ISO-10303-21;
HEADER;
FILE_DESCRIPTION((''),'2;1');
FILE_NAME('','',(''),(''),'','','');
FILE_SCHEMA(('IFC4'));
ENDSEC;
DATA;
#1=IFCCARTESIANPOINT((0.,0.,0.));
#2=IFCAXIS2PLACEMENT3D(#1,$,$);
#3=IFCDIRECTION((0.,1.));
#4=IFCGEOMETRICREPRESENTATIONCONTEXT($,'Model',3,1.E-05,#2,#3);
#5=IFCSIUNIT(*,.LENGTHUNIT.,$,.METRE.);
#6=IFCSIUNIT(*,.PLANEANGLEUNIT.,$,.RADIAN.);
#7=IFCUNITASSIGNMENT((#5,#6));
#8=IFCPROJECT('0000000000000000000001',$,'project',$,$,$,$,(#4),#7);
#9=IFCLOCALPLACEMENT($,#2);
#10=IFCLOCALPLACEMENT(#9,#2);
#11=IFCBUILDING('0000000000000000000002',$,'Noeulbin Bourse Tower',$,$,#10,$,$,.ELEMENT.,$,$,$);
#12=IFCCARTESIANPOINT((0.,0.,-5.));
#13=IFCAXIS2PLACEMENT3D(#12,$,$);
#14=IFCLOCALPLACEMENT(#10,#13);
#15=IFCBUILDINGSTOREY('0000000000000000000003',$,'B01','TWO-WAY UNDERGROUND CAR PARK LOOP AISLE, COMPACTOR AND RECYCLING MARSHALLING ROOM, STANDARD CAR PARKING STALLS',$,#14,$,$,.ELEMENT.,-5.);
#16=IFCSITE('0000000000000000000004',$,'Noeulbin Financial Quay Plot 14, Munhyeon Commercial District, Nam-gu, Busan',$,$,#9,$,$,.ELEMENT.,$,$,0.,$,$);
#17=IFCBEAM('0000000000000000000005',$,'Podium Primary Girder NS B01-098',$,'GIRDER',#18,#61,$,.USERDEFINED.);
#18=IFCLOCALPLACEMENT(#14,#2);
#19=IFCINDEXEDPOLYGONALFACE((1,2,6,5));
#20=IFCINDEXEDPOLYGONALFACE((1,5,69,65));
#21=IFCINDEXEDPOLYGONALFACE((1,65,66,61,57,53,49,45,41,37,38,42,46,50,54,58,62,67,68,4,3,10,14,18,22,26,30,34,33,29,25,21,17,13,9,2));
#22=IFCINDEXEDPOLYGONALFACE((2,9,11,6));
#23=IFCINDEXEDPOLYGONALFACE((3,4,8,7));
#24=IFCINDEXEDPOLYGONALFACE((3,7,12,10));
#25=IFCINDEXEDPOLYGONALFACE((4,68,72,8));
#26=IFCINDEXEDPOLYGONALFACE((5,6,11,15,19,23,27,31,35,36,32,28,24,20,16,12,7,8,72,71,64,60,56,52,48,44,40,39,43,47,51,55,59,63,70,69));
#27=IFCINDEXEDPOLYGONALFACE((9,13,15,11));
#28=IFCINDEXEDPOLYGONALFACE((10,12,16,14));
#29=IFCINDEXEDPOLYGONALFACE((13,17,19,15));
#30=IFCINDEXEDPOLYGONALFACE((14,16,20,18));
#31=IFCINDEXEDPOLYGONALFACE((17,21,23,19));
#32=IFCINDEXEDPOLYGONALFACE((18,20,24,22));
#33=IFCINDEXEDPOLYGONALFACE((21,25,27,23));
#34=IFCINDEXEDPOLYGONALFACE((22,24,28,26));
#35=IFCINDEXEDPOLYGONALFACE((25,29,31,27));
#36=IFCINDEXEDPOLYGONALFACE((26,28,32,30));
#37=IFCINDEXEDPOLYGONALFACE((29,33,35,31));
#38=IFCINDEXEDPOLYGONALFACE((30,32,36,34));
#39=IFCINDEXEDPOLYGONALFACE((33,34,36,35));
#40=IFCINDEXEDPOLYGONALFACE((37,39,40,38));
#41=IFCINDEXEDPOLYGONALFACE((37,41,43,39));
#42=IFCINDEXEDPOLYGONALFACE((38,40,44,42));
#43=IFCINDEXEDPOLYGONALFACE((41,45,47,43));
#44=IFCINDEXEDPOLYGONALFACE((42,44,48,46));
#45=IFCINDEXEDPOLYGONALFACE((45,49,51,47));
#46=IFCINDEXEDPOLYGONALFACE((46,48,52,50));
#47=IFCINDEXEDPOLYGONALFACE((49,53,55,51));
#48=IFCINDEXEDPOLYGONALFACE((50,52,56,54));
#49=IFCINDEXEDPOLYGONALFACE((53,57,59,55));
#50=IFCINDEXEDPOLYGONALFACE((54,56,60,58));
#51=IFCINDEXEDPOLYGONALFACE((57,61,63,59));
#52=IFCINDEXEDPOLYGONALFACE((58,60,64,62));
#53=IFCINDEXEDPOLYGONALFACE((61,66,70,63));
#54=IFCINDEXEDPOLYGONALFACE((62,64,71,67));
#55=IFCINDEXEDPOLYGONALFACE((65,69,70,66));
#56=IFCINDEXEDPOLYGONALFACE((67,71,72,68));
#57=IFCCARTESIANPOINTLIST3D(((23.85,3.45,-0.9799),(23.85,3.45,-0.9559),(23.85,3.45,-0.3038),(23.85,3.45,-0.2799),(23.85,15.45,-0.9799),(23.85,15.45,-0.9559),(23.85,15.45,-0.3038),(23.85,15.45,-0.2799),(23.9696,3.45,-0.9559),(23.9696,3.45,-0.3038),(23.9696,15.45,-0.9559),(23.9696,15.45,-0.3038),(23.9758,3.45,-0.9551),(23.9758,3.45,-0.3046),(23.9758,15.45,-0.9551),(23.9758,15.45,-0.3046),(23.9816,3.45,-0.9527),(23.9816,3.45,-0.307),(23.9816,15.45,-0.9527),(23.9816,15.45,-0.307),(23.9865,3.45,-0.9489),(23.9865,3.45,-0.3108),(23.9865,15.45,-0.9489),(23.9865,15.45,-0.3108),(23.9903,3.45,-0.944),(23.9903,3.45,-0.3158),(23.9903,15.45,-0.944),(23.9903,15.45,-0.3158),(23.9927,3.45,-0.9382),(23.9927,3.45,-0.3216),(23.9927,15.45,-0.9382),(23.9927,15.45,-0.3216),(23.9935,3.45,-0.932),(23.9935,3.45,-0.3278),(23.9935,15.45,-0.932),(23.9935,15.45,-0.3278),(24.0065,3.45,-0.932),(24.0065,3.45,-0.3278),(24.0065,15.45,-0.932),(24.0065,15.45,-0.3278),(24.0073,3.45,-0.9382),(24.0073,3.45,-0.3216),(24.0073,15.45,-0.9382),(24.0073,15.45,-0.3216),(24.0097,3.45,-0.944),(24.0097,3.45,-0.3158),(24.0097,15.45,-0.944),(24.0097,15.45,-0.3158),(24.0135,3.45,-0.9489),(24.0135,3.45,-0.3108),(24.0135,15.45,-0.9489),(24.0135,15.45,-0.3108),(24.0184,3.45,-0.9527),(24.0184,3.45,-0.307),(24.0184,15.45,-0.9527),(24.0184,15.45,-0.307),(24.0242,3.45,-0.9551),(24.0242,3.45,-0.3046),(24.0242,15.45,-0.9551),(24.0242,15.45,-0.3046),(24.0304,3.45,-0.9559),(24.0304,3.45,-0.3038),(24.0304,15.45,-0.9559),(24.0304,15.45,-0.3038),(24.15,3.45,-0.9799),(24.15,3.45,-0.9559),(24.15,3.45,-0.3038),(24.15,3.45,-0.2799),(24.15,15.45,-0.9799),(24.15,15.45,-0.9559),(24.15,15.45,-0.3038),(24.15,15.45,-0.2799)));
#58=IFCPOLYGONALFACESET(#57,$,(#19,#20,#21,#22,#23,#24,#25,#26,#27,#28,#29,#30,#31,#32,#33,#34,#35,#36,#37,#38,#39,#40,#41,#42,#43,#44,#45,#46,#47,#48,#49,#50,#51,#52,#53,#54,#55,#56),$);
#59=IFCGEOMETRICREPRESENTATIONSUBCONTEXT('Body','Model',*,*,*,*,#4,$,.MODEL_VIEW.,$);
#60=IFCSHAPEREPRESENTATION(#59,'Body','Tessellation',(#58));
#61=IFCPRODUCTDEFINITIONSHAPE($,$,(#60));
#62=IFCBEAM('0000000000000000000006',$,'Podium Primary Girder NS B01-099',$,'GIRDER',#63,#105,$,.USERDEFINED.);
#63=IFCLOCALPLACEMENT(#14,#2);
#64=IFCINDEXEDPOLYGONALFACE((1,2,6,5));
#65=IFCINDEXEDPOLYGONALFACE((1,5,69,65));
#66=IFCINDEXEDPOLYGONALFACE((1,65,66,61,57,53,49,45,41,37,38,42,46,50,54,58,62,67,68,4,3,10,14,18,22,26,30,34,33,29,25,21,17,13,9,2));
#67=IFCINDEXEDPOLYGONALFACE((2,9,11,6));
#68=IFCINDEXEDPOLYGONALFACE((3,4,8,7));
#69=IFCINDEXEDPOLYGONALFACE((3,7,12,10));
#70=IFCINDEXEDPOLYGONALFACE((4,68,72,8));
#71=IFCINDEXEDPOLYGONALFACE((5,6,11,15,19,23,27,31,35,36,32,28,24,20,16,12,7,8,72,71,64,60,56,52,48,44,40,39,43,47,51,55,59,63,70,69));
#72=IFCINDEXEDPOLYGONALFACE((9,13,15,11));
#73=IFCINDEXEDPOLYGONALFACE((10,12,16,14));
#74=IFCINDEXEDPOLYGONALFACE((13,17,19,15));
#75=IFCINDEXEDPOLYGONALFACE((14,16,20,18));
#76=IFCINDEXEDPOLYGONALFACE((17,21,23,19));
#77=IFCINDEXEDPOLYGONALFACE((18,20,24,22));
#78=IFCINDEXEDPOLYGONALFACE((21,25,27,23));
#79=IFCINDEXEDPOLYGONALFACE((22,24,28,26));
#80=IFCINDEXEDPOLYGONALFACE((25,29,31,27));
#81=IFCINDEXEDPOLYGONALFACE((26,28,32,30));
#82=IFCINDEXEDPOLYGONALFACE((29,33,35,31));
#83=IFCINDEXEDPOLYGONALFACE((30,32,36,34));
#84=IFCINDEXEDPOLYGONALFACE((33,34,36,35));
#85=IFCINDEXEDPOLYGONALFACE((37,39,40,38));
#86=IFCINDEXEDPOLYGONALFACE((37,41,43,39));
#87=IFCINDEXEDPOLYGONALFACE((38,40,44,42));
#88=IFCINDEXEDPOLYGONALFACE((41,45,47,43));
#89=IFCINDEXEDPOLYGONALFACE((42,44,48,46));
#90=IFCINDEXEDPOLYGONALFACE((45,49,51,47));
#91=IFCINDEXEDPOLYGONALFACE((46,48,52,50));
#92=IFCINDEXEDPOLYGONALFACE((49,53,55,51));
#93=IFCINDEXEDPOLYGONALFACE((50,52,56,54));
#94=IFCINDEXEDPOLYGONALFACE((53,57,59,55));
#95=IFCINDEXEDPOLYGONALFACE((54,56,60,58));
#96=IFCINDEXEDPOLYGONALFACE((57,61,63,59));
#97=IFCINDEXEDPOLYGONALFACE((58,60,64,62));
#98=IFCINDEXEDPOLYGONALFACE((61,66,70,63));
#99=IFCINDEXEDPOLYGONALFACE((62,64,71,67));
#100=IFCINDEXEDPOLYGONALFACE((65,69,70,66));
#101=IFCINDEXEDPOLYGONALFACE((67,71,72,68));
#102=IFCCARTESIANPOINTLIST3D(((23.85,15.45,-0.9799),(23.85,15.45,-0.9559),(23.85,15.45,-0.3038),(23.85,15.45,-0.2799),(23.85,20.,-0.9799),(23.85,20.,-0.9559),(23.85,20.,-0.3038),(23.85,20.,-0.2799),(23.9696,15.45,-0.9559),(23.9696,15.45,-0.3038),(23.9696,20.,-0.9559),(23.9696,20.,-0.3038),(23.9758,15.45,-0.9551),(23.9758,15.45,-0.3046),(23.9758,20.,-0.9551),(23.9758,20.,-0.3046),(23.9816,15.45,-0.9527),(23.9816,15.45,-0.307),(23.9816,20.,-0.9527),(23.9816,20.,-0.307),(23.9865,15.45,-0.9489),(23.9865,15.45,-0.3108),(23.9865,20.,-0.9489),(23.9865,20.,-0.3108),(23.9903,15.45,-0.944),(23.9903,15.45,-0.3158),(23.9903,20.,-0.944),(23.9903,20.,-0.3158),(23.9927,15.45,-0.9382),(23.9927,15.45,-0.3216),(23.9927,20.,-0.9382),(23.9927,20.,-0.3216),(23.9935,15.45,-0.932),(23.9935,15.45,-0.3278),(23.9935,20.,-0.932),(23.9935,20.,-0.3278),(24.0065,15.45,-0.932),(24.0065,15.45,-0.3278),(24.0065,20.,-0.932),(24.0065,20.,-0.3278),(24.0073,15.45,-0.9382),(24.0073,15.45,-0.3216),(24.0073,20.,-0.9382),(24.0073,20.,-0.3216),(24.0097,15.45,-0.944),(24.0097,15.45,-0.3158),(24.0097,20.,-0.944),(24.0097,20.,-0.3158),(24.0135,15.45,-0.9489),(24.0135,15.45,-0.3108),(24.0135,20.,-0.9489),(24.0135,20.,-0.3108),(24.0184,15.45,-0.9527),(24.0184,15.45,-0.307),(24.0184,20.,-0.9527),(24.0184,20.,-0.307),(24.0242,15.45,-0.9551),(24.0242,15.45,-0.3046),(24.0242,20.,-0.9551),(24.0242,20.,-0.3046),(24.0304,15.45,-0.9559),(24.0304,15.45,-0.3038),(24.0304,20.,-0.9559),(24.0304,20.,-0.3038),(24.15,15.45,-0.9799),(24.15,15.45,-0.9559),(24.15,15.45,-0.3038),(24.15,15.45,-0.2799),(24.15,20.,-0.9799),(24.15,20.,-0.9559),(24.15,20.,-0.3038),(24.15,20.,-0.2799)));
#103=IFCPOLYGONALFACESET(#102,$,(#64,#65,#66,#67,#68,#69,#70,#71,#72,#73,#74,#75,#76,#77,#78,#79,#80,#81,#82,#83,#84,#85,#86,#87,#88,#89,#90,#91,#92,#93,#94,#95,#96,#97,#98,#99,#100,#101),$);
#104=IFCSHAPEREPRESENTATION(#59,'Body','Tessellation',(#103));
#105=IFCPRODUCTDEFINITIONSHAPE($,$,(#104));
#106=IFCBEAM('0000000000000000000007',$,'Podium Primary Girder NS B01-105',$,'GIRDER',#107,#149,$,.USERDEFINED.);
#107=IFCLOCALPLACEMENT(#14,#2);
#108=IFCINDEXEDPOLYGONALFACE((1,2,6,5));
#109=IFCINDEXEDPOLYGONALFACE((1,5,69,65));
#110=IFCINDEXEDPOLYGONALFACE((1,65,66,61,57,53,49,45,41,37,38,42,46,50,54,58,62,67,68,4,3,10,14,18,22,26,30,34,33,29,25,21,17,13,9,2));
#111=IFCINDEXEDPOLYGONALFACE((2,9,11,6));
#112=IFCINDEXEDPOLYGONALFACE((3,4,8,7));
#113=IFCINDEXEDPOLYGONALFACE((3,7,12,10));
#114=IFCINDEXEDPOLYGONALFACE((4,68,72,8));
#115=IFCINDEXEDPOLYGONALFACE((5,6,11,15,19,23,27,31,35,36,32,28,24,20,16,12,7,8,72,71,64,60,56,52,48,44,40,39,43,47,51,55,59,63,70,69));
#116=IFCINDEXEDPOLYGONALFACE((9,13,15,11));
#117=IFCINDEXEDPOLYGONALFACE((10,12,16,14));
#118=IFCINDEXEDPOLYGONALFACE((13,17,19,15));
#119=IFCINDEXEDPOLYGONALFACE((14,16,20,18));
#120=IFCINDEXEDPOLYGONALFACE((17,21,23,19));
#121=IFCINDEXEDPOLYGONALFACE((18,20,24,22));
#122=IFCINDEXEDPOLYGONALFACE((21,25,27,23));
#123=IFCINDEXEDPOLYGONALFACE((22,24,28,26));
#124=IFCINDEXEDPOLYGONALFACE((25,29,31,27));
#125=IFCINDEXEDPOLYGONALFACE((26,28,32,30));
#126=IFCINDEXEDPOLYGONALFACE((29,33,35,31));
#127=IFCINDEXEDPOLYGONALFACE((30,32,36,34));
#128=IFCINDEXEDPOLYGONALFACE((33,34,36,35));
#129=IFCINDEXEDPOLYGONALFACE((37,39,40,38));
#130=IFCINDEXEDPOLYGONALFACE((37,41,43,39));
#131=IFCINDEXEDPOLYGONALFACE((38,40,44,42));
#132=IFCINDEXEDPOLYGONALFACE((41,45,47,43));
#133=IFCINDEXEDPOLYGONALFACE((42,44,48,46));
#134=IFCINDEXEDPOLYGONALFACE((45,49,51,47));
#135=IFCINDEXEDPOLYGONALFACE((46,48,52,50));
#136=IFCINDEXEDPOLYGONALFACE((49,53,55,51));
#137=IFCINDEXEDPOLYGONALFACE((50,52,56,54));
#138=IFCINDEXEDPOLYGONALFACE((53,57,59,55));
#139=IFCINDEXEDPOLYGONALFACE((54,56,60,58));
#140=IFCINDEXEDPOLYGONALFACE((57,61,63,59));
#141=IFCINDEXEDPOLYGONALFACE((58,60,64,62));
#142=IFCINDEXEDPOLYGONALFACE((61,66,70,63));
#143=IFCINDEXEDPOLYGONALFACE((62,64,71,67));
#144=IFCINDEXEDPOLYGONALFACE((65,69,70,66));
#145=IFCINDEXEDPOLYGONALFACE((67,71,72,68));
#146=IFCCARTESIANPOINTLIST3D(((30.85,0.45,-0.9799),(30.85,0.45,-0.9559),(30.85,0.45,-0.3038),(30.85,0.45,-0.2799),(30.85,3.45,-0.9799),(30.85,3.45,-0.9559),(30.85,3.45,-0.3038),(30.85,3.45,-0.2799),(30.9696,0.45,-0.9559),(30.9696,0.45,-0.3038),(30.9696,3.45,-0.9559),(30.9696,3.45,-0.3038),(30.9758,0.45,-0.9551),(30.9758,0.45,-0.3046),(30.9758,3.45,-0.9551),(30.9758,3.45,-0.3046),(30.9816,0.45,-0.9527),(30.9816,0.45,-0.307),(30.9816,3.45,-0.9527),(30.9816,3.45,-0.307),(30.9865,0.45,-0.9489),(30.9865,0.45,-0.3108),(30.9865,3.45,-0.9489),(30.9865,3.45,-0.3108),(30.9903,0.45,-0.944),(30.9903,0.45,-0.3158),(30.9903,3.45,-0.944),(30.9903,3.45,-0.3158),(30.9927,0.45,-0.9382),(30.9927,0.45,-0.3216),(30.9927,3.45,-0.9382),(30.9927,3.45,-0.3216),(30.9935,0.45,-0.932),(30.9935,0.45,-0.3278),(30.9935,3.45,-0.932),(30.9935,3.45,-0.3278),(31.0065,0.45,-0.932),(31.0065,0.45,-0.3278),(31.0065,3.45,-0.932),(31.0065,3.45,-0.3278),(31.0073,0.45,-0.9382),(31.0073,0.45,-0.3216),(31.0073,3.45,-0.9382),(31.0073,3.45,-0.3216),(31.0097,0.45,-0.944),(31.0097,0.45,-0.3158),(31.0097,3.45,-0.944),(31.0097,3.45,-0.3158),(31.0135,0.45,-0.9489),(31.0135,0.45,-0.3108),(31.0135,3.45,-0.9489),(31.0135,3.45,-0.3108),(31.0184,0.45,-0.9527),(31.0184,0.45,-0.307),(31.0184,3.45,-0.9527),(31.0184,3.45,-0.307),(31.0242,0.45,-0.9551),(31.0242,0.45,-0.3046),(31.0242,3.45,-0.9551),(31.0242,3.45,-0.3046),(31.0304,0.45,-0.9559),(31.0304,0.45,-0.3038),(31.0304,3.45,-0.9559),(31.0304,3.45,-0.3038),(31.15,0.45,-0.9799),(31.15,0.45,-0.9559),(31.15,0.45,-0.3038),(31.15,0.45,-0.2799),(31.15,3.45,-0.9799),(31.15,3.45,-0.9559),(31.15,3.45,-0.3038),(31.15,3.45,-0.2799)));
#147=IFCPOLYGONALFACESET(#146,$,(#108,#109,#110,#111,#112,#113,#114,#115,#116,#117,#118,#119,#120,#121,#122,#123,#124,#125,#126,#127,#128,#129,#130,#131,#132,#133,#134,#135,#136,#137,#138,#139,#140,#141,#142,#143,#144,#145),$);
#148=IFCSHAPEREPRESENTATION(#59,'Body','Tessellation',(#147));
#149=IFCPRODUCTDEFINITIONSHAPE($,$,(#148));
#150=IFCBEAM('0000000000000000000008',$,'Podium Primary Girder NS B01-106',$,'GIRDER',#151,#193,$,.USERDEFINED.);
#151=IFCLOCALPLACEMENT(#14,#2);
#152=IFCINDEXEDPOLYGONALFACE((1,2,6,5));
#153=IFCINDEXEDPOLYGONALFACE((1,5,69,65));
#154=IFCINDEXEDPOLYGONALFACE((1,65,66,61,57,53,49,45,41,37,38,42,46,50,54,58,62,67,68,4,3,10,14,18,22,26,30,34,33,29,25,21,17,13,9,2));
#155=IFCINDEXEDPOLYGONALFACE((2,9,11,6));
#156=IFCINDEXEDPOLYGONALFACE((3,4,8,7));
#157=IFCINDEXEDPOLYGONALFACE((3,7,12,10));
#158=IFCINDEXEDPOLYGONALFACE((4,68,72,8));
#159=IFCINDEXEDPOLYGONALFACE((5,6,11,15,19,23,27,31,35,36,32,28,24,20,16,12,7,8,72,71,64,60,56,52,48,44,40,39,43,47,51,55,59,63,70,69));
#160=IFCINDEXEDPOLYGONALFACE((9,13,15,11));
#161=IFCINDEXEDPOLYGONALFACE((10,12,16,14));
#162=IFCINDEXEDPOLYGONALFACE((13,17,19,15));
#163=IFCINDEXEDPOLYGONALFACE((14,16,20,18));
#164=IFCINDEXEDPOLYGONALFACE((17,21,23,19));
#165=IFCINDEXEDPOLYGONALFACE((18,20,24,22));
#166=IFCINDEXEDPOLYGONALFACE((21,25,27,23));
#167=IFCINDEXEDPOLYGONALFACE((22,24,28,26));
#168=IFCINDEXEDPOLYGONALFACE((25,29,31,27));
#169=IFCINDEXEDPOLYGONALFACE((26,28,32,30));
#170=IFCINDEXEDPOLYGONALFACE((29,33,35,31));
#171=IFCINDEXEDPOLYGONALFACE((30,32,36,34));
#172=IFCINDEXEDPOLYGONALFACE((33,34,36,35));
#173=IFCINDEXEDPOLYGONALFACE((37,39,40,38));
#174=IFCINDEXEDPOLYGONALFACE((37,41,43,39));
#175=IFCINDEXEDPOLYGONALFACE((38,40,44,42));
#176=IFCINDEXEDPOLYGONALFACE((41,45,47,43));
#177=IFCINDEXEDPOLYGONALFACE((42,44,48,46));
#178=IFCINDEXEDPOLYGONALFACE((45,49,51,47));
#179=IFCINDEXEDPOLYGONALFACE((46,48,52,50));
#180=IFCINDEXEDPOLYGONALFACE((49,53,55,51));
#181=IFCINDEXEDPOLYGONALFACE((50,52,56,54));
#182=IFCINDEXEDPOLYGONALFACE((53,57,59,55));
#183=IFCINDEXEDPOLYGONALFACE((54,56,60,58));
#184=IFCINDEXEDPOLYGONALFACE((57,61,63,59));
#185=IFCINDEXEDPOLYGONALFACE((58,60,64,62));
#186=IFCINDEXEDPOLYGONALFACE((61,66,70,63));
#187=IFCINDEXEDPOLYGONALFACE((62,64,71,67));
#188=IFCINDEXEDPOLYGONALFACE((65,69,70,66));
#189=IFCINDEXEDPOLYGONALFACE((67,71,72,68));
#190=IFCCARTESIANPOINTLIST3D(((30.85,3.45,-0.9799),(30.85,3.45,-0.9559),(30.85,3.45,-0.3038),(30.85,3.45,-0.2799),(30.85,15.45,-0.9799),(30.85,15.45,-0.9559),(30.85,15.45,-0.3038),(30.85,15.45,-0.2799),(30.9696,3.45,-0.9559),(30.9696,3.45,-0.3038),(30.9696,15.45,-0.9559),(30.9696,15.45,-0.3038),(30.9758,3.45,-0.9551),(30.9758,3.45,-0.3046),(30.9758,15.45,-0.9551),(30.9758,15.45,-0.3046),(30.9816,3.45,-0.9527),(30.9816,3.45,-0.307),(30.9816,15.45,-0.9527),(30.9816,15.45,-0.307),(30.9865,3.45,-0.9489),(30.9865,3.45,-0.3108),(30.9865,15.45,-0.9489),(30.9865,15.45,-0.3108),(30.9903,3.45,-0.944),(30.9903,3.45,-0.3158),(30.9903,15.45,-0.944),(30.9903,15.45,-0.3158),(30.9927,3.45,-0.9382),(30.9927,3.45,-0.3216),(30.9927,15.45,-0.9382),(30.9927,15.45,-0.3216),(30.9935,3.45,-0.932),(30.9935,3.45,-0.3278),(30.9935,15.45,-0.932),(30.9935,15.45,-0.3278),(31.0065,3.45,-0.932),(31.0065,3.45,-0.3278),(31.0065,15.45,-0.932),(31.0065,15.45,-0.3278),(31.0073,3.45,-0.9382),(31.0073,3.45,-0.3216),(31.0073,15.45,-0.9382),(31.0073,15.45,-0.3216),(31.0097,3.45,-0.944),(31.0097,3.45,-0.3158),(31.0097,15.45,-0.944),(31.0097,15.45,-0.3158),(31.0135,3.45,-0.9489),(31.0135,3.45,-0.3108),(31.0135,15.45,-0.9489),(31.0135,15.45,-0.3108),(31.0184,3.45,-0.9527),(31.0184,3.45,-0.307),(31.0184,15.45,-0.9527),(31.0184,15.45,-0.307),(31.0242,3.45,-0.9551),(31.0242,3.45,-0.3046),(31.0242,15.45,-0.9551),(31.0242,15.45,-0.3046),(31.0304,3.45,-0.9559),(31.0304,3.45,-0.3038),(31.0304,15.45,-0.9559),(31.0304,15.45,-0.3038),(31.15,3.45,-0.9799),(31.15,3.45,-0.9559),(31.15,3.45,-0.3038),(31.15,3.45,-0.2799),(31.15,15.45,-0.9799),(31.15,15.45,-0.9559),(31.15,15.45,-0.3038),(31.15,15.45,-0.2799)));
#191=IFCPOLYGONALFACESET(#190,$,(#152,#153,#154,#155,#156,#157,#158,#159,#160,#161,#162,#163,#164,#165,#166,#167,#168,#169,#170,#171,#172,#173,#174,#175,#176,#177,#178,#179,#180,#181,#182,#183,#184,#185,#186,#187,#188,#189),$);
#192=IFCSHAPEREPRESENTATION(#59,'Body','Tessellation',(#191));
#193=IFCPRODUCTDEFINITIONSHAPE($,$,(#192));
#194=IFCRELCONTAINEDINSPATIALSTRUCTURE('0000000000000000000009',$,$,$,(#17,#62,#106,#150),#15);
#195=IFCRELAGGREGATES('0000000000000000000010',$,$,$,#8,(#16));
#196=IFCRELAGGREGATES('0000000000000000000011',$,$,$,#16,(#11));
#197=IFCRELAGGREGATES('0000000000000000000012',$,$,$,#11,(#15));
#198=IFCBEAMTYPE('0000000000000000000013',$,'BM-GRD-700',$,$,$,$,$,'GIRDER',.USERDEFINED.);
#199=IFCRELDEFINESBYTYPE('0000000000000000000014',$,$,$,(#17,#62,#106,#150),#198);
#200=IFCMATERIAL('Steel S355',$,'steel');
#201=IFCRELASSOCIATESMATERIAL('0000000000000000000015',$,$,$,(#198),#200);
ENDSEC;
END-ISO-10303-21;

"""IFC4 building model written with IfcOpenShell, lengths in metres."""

from ifc_helpers import new_model, si_unit, direction, frame, origin, origin_2d, place, context, subcontext, project, spatial, i_section, extrude, material, material_profile, profile_set, type_object, element, save


model = new_model("IFC4")

# Units and contexts
model_context = context("Model", 3, precision=1e-05, world=origin(), true_north=direction((0.0, 1.0)))
body_context = subcontext(model_context, "Body", "Model", "MODEL_VIEW")
ifc_project = project(units=[si_unit("LENGTHUNIT", "METRE"), si_unit("PLANEANGLEUNIT", "RADIAN")], contexts=[model_context])

# Site, building, storey
site_placement = place(None, origin())
site = spatial("IfcSite", under=ifc_project, at=site_placement, Name="Noeulbin Financial Quay Plot 14, Munhyeon Commercial District, Nam-gu, Busan", CompositionType="ELEMENT", RefElevation=0.0)
building_placement = place(site_placement, origin())
building = spatial("IfcBuilding", under=site, at=building_placement, Name="Noeulbin Bourse Tower", CompositionType="ELEMENT")
storey_placement = place(building_placement, frame((0.0, 0.0, -5.0)))
storey = spatial("IfcBuildingStorey", under=building, at=storey_placement, Name="B01", Description="TWO-WAY UNDERGROUND CAR PARK LOOP AISLE, COMPACTOR AND RECYCLING MARSHALLING ROOM, STANDARD CAR PARKING STALLS", CompositionType="ELEMENT", Elevation=-5.0)

# Beams
ifc_material_1 = material(Name="Steel S355", Category="steel")
ifc_material_profile_1 = material_profile(ifc_material_1, i_section(OverallWidth=0.3, OverallDepth=0.7, WebThickness=0.0129, FlangeThickness=0.0239, FilletRadius=0.0239, at=origin_2d()), Name="H-700x300x13x24", Category="LoadBearing")
ifc_profile_set_1 = profile_set([ifc_material_profile_1], Name="Steel S355")
beam_type_1 = type_object("IfcBeamType", Name="BM-GRD-700", ElementType="GIRDER", PredefinedType="USERDEFINED", material=ifc_profile_set_1)
beam_1_placement = place(storey_placement, frame((24.0, 3.45, -0.6299), z_axis=(0.0, 1.0, 0.0), x_axis=(-1.0, 0.0, 0.0)))
element("IfcBeam", 1, at=beam_1_placement, inside=storey, type_object=beam_type_1, Name="Podium Primary Girder NS B01-098", ObjectType="GIRDER", PredefinedType="USERDEFINED", context=body_context, shape_type="SweptSolid", body=[
    extrude(i_section(OverallWidth=0.3, OverallDepth=0.7, WebThickness=0.0129, FlangeThickness=0.0239, FilletRadius=0.0239, at=origin_2d()), origin(), (0.0, 0.0, 1.0), 12.0),
])
beam_2_placement = place(storey_placement, frame((24.0, 15.45, -0.6299), z_axis=(0.0, 1.0, 0.0), x_axis=(-1.0, 0.0, 0.0)))
element("IfcBeam", 2, at=beam_2_placement, inside=storey, type_object=beam_type_1, Name="Podium Primary Girder NS B01-099", ObjectType="GIRDER", PredefinedType="USERDEFINED", context=body_context, shape_type="SweptSolid", body=[
    extrude(i_section(OverallWidth=0.3, OverallDepth=0.7, WebThickness=0.0129, FlangeThickness=0.0239, FilletRadius=0.0239, at=origin_2d()), origin(), (0.0, 0.0, 1.0), 4.55),
])
beam_3_placement = place(storey_placement, frame((31.0, 0.45, -0.6299), z_axis=(0.0, 1.0, 0.0), x_axis=(-1.0, 0.0, 0.0)))
element("IfcBeam", 3, at=beam_3_placement, inside=storey, type_object=beam_type_1, Name="Podium Primary Girder NS B01-105", ObjectType="GIRDER", PredefinedType="USERDEFINED", context=body_context, shape_type="SweptSolid", body=[
    extrude(i_section(OverallWidth=0.3, OverallDepth=0.7, WebThickness=0.0129, FlangeThickness=0.0239, FilletRadius=0.0239, at=origin_2d()), origin(), (0.0, 0.0, 1.0), 3.0),
])
beam_4_placement = place(storey_placement, frame((31.0, 3.45, -0.6299), z_axis=(0.0, 1.0, 0.0), x_axis=(-1.0, 0.0, 0.0)))
element("IfcBeam", 4, at=beam_4_placement, inside=storey, type_object=beam_type_1, Name="Podium Primary Girder NS B01-106", ObjectType="GIRDER", PredefinedType="USERDEFINED", context=body_context, shape_type="SweptSolid", body=[
    extrude(i_section(OverallWidth=0.3, OverallDepth=0.7, WebThickness=0.0129, FlangeThickness=0.0239, FilletRadius=0.0239, at=origin_2d()), origin(), (0.0, 0.0, 1.0), 12.0),
])

save(model, "model.ifc")
